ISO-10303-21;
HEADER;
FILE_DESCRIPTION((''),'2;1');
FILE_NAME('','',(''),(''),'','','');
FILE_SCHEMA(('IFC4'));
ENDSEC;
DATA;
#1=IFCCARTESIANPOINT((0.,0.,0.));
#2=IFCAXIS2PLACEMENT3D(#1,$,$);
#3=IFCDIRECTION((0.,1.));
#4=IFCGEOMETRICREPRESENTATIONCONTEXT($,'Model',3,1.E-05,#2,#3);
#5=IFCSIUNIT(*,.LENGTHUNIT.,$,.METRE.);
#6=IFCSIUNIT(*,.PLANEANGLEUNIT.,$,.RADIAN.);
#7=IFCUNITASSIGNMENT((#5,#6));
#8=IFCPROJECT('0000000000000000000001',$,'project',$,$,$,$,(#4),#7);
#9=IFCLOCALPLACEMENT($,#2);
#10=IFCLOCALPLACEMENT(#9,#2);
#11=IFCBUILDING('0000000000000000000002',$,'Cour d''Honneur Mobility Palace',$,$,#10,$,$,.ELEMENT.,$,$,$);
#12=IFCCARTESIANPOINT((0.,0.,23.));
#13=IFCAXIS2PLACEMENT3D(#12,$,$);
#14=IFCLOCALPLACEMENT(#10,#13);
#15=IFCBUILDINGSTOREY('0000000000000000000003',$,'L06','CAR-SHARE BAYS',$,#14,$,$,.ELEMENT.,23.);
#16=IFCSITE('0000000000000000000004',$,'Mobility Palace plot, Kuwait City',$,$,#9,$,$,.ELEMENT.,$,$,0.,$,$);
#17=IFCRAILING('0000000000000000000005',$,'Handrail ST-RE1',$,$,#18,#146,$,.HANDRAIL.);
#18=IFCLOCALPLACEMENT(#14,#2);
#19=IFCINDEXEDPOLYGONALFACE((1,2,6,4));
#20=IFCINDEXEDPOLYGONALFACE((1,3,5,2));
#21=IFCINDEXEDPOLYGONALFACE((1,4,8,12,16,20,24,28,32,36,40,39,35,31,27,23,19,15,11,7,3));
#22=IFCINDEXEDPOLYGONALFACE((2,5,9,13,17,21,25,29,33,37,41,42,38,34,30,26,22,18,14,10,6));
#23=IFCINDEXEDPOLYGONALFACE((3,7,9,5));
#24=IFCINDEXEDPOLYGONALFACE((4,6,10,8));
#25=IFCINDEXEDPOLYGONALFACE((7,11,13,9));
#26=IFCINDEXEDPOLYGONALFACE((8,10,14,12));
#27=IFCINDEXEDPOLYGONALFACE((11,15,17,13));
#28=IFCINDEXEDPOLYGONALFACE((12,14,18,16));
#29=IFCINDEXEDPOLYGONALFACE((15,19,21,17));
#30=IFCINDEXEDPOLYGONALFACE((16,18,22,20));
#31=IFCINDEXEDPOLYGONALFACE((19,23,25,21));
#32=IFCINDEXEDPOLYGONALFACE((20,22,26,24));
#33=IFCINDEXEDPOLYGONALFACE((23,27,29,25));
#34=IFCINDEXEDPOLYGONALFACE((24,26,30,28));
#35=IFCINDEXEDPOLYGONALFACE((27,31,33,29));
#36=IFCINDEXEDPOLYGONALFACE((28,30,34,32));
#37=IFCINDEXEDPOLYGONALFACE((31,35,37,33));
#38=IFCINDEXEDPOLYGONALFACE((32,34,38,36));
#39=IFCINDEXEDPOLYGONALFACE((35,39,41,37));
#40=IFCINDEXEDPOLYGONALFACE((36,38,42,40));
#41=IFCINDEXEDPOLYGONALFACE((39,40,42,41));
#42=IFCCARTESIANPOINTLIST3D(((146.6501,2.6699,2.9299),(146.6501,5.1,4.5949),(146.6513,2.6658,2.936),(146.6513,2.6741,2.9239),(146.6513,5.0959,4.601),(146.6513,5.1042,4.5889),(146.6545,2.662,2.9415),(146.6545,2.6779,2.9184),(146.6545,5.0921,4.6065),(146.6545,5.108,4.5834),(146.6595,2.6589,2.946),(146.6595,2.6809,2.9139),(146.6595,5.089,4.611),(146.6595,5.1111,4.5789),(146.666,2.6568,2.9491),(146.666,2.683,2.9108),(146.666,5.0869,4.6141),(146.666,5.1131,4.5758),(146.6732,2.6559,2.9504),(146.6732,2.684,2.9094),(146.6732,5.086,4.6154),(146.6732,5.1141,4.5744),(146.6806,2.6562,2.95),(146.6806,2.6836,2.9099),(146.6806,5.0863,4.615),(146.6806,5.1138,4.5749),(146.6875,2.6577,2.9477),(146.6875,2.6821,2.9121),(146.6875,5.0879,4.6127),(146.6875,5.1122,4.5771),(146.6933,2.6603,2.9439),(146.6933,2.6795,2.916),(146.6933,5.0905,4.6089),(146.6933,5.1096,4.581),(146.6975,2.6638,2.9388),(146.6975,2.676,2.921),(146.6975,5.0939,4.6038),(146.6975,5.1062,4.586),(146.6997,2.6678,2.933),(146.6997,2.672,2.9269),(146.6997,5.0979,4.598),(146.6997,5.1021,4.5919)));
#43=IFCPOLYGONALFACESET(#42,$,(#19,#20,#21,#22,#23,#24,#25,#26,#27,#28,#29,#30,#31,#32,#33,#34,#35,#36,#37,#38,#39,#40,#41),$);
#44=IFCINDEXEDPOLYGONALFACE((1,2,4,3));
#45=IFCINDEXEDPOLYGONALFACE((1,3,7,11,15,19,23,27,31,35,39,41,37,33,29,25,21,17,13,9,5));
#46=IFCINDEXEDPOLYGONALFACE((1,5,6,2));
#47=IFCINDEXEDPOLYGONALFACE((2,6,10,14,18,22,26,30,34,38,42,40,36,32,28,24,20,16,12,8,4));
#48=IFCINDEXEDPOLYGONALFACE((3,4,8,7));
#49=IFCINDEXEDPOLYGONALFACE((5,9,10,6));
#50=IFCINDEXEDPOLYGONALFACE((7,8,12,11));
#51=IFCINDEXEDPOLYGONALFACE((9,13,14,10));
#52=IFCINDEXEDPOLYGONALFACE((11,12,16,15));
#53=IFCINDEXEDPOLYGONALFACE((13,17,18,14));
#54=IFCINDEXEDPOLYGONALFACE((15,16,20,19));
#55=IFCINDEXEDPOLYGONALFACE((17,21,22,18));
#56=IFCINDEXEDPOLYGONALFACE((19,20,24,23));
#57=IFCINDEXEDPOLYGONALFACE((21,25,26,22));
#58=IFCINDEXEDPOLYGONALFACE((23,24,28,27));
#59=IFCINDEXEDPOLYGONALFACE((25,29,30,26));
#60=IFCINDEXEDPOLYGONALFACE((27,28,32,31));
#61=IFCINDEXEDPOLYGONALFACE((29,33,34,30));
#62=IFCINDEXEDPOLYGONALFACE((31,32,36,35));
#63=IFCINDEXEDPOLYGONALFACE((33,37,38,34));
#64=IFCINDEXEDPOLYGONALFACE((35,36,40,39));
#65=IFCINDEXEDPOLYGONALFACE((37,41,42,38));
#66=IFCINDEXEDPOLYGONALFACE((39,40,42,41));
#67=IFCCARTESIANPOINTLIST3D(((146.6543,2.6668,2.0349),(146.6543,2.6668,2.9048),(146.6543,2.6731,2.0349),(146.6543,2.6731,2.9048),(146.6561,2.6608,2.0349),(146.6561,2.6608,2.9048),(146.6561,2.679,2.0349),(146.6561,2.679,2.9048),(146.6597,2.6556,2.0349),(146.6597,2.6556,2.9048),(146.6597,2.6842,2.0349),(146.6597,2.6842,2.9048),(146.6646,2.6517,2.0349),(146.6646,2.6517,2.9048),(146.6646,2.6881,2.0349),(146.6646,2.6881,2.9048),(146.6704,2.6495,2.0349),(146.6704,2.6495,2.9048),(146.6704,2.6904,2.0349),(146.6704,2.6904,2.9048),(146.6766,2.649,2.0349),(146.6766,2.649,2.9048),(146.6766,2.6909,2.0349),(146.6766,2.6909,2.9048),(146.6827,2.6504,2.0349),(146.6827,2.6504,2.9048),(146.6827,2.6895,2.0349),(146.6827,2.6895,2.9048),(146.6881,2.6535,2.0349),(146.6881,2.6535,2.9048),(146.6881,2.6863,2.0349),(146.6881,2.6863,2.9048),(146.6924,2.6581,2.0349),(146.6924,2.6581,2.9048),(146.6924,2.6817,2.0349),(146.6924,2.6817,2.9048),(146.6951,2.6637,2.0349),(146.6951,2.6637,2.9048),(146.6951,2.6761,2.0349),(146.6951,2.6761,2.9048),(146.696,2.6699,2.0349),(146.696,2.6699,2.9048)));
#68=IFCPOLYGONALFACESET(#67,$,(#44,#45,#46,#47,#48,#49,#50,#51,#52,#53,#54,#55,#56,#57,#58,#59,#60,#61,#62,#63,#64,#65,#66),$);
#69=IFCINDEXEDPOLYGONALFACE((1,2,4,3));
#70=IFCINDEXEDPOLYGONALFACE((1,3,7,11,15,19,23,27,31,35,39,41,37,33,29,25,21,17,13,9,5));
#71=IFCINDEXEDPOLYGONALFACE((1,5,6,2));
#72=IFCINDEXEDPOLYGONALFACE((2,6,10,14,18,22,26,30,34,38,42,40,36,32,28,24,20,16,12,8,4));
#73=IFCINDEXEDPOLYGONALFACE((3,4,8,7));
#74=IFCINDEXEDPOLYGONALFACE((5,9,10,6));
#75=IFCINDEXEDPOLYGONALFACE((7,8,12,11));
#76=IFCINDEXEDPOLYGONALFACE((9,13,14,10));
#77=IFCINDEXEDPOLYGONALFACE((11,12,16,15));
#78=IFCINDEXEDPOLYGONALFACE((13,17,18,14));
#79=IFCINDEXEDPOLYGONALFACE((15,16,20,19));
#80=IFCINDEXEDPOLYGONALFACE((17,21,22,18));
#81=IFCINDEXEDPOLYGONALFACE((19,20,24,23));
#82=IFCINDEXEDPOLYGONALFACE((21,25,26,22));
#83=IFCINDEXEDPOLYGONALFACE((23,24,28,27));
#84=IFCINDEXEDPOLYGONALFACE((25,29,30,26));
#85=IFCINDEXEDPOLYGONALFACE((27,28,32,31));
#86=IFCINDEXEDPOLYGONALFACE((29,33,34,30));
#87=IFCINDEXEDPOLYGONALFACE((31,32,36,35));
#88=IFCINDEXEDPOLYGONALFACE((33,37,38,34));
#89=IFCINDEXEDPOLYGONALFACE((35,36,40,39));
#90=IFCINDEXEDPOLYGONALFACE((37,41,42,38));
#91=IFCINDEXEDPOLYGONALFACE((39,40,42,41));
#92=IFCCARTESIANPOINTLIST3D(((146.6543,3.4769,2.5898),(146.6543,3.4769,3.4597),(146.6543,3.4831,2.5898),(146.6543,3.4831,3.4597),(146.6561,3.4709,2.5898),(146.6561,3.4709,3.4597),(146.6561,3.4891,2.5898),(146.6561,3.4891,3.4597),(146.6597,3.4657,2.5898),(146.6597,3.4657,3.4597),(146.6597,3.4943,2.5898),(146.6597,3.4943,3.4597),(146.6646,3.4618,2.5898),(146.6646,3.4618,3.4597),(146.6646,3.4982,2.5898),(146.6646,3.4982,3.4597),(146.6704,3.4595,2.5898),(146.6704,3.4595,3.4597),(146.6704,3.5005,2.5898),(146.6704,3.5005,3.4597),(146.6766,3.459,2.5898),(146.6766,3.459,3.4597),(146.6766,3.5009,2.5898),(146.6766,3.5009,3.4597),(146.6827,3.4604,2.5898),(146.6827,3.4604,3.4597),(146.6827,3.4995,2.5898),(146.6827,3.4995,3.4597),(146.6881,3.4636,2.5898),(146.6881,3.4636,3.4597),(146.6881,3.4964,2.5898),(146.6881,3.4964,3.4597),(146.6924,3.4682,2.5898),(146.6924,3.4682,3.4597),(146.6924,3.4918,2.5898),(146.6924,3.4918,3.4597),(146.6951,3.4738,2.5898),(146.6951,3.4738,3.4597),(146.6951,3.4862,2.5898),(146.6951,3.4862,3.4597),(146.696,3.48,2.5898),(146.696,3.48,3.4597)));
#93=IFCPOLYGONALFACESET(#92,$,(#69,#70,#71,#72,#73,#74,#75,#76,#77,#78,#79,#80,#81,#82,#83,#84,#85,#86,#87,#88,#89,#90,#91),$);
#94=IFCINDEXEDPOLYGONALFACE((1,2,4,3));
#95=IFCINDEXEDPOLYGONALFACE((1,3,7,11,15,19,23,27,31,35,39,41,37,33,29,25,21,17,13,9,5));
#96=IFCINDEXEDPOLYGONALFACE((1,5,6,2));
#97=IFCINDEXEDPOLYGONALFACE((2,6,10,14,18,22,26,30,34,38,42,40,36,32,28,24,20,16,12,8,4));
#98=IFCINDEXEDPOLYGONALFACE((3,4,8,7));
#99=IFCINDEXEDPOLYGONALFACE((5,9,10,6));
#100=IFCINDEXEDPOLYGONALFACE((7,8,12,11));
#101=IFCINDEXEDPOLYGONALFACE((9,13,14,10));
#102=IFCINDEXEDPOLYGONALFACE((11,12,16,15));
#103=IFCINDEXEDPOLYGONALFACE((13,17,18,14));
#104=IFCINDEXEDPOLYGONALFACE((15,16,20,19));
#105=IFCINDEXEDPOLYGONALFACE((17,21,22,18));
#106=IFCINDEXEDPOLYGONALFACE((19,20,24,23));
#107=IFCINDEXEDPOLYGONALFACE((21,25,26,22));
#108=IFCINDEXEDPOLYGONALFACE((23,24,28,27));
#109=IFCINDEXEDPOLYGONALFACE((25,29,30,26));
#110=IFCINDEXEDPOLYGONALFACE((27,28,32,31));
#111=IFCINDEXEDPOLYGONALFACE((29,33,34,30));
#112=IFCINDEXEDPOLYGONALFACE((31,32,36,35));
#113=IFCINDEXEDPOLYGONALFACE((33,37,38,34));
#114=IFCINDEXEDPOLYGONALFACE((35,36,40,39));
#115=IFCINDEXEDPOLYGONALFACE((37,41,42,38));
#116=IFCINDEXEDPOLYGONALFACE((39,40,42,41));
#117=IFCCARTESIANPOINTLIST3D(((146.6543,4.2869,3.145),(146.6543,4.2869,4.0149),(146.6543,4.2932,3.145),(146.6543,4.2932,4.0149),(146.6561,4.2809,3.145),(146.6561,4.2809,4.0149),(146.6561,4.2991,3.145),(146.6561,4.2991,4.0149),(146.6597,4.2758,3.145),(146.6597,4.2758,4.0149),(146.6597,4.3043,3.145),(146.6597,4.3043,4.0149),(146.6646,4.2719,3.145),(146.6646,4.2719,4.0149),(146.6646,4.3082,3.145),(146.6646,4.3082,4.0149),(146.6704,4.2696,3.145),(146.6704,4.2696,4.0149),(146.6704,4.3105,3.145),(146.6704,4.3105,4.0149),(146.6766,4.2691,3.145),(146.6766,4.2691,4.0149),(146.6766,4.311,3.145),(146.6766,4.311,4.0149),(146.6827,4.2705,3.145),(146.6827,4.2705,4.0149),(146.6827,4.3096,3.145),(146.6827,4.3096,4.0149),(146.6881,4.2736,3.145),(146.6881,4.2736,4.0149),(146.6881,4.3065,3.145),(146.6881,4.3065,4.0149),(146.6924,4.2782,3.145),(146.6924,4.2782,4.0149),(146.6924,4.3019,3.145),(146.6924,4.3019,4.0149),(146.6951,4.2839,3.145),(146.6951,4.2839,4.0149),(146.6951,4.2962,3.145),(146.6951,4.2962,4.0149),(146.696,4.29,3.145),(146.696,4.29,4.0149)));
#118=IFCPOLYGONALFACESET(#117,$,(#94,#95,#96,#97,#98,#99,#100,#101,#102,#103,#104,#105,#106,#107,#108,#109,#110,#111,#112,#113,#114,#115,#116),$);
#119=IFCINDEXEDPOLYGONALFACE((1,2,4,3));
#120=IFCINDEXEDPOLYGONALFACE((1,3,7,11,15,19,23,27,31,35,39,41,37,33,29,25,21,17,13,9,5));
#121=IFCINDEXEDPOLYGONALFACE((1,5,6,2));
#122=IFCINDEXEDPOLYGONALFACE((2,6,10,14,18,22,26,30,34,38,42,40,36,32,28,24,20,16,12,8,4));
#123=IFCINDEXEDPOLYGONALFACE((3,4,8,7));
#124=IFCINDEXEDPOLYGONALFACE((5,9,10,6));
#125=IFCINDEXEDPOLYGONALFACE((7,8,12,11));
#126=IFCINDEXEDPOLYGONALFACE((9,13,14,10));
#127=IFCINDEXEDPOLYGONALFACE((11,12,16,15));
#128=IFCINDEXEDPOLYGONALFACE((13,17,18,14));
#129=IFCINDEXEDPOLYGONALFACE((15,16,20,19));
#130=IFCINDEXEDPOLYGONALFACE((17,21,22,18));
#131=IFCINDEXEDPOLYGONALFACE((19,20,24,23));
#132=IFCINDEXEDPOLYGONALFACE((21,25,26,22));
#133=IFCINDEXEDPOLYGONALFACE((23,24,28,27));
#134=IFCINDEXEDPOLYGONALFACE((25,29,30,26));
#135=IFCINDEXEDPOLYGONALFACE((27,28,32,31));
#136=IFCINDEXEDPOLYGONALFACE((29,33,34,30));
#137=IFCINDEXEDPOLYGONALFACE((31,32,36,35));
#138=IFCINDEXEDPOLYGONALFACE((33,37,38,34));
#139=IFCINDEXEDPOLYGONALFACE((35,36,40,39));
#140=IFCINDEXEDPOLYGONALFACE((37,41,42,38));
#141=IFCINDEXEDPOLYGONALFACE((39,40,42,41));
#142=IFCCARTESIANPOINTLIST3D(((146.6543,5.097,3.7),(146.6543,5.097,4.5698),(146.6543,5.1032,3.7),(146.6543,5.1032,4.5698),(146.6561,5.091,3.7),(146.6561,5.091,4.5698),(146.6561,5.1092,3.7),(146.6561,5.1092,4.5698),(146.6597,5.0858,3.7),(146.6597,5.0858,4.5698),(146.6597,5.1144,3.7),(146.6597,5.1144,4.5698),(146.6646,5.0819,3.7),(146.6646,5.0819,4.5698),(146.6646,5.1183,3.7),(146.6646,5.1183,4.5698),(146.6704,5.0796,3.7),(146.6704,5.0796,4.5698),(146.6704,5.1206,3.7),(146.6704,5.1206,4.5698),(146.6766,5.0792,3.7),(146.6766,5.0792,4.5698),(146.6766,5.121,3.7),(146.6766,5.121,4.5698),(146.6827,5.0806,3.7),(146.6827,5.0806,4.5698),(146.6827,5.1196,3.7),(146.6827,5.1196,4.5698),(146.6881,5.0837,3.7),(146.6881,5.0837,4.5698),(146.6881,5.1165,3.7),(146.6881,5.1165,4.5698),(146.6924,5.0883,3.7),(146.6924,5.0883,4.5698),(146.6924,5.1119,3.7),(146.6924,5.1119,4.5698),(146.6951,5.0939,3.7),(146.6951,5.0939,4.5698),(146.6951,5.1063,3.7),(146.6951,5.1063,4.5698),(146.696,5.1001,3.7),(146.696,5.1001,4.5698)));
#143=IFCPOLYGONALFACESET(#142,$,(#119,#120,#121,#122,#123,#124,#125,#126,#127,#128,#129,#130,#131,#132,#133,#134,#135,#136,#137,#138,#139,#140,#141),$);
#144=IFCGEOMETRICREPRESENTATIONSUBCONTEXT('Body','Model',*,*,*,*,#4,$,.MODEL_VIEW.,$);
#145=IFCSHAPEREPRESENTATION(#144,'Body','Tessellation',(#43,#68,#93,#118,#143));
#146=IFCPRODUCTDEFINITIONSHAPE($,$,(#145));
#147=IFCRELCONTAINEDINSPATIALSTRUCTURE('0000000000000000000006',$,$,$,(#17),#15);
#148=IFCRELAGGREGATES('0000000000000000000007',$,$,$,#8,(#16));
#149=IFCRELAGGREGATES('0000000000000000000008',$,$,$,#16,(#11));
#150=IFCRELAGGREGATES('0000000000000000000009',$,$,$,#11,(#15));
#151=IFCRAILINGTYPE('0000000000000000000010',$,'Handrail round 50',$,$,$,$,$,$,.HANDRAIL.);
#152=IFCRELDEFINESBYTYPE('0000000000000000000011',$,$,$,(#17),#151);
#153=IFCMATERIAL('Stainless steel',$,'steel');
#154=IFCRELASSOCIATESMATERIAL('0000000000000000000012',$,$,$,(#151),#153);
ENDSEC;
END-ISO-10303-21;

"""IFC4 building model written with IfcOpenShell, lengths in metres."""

from ifc_helpers import new_model, si_unit, direction, frame, origin, origin_2d, place, context, subcontext, project, spatial, circle, extrude, material, type_object, element, save


model = new_model("IFC4")

# Units and contexts
model_context = context("Model", 3, precision=1e-05, world=origin(), true_north=direction((0.0, 1.0)))
body_context = subcontext(model_context, "Body", "Model", "MODEL_VIEW")
ifc_project = project(units=[si_unit("LENGTHUNIT", "METRE"), si_unit("PLANEANGLEUNIT", "RADIAN")], contexts=[model_context])

# Site, building, storey
site_placement = place(None, origin())
site = spatial("IfcSite", under=ifc_project, at=site_placement, Name="Mobility Palace plot, Kuwait City", CompositionType="ELEMENT", RefElevation=0.0)
building_placement = place(site_placement, origin())
building = spatial("IfcBuilding", under=site, at=building_placement, Name="Cour d'Honneur Mobility Palace", CompositionType="ELEMENT")
storey_placement = place(building_placement, frame((0.0, 0.0, 23.0)))
storey = spatial("IfcBuildingStorey", under=building, at=storey_placement, Name="L06", Description="CAR-SHARE BAYS", CompositionType="ELEMENT", Elevation=23.0)

# Railing
ifc_material_1 = material(Name="Stainless steel", Category="steel")
railing_type_1 = type_object("IfcRailingType", Name="Handrail round 50", PredefinedType="HANDRAIL", material=ifc_material_1)
for number, where, name in (
    (1, (146.675, 2.6699, 2.0349), "Handrail ST-RE1"),
):
    element("IfcRailing", number, at=place(storey_placement, frame(where)), inside=storey, type_object=railing_type_1, Name=name, PredefinedType="HANDRAIL", context=body_context, shape_type="SweptSolid", body=[
        extrude(circle(Radius=0.0249, at=origin_2d()), frame((0.0, 0.0, 0.895), z_axis=(0.0, 0.824945, 0.565213), x_axis=(-1.0, 0.0, 0.0)), (0.0, 0.0, 1.0), 2.9458),
        extrude(circle(Radius=0.021, at=origin_2d()), origin(), (0.0, 0.0, 1.0), 0.8699),
        extrude(circle(Radius=0.021, at=origin_2d()), frame((0.0, 0.8101, 0.5549)), (0.0, 0.0, 1.0), 0.8699),
        extrude(circle(Radius=0.021, at=origin_2d()), frame((0.0, 1.6201, 1.1101)), (0.0, 0.0, 1.0), 0.8699),
        extrude(circle(Radius=0.021, at=origin_2d()), frame((0.0, 2.4302, 1.665)), (0.0, 0.0, 1.0), 0.8699),
    ])

save(model, "model.ifc")
